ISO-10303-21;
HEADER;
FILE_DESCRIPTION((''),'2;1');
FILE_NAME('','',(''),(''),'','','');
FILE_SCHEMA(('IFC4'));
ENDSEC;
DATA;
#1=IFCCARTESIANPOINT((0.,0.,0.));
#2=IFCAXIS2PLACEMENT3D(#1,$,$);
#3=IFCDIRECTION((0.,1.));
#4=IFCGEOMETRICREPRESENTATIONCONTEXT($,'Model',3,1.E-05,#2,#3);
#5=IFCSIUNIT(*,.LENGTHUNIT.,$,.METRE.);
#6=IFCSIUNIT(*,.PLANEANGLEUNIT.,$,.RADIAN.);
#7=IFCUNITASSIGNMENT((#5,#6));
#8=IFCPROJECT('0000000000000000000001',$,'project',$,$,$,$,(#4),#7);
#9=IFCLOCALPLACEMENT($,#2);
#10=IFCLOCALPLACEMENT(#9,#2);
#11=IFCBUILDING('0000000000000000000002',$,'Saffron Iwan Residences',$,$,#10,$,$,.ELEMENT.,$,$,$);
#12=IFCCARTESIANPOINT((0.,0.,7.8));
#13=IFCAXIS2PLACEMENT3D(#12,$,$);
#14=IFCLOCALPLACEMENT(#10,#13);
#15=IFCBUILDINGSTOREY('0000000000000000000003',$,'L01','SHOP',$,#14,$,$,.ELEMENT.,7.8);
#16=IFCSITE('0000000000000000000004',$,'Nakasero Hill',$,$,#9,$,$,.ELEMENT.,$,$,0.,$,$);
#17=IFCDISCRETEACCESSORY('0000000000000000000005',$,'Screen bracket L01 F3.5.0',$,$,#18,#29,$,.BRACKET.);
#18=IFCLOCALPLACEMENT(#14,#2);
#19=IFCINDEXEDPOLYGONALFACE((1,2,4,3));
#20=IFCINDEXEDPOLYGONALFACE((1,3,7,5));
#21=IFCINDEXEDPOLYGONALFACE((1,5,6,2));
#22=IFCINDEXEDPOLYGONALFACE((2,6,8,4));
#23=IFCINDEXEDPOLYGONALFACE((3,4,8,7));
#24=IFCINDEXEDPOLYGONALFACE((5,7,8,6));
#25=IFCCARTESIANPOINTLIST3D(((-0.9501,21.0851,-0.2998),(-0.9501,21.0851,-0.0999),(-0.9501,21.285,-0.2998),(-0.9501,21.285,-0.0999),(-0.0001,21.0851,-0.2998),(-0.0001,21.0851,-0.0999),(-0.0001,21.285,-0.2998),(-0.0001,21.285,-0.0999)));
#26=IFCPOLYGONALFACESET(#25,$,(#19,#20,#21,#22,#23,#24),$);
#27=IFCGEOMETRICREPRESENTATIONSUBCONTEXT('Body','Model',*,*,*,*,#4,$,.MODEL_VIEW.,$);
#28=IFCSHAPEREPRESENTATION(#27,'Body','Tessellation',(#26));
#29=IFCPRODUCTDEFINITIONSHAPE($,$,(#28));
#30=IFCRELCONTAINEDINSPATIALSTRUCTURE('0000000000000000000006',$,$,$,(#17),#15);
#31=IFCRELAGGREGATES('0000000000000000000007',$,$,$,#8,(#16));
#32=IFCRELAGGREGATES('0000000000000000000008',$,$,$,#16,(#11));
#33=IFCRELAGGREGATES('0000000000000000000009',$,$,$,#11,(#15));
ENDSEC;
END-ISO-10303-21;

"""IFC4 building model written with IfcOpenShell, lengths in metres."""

from ifc_helpers import new_model, si_unit, direction, frame, origin, origin_2d, place, context, subcontext, project, spatial, rectangle, extrude, source, transform, mapped, element, save


model = new_model("IFC4")

# Units and contexts
model_context = context("Model", 3, precision=1e-05, world=origin(), true_north=direction((0.0, 1.0)))
body_context = subcontext(model_context, "Body", "Model", "MODEL_VIEW")
ifc_project = project(units=[si_unit("LENGTHUNIT", "METRE"), si_unit("PLANEANGLEUNIT", "RADIAN")], contexts=[model_context])

# Site, building, storey
site_placement = place(None, origin())
site = spatial("IfcSite", under=ifc_project, at=site_placement, Name="Nakasero Hill", CompositionType="ELEMENT", RefElevation=0.0)
building_placement = place(site_placement, origin())
building = spatial("IfcBuilding", under=site, at=building_placement, Name="Saffron Iwan Residences", CompositionType="ELEMENT")
storey_placement = place(building_placement, frame((0.0, 0.0, 7.8)))
storey = spatial("IfcBuildingStorey", under=building, at=storey_placement, Name="L01", Description="SHOP", CompositionType="ELEMENT", Elevation=7.8)

# Discrete accessory
shared_shape_1 = source(origin(), body_context, "Body", "SweptSolid", [
    extrude(rectangle(XDim=0.95, YDim=0.2, at=origin_2d()), origin(), (0.0, 0.0, 1.0), 0.2),
])
for number, where, z_axis, x_axis, name in (
    (1, (-0.4751, 21.1851, -0.2998), (0.0, 0.0, 1.0), (-1.0, 0.0, 0.0), "Screen bracket L01 F3.5.0"),
):
    element("IfcDiscreteAccessory", number, at=place(storey_placement, frame(where, z_axis=z_axis, x_axis=x_axis)), inside=storey, Name=name, PredefinedType="BRACKET", context=body_context, shape_type="MappedRepresentation", body=[
        mapped(shared_shape_1, transform((0.0, 0.0, 0.0))),
    ])

save(model, "model.ifc")
